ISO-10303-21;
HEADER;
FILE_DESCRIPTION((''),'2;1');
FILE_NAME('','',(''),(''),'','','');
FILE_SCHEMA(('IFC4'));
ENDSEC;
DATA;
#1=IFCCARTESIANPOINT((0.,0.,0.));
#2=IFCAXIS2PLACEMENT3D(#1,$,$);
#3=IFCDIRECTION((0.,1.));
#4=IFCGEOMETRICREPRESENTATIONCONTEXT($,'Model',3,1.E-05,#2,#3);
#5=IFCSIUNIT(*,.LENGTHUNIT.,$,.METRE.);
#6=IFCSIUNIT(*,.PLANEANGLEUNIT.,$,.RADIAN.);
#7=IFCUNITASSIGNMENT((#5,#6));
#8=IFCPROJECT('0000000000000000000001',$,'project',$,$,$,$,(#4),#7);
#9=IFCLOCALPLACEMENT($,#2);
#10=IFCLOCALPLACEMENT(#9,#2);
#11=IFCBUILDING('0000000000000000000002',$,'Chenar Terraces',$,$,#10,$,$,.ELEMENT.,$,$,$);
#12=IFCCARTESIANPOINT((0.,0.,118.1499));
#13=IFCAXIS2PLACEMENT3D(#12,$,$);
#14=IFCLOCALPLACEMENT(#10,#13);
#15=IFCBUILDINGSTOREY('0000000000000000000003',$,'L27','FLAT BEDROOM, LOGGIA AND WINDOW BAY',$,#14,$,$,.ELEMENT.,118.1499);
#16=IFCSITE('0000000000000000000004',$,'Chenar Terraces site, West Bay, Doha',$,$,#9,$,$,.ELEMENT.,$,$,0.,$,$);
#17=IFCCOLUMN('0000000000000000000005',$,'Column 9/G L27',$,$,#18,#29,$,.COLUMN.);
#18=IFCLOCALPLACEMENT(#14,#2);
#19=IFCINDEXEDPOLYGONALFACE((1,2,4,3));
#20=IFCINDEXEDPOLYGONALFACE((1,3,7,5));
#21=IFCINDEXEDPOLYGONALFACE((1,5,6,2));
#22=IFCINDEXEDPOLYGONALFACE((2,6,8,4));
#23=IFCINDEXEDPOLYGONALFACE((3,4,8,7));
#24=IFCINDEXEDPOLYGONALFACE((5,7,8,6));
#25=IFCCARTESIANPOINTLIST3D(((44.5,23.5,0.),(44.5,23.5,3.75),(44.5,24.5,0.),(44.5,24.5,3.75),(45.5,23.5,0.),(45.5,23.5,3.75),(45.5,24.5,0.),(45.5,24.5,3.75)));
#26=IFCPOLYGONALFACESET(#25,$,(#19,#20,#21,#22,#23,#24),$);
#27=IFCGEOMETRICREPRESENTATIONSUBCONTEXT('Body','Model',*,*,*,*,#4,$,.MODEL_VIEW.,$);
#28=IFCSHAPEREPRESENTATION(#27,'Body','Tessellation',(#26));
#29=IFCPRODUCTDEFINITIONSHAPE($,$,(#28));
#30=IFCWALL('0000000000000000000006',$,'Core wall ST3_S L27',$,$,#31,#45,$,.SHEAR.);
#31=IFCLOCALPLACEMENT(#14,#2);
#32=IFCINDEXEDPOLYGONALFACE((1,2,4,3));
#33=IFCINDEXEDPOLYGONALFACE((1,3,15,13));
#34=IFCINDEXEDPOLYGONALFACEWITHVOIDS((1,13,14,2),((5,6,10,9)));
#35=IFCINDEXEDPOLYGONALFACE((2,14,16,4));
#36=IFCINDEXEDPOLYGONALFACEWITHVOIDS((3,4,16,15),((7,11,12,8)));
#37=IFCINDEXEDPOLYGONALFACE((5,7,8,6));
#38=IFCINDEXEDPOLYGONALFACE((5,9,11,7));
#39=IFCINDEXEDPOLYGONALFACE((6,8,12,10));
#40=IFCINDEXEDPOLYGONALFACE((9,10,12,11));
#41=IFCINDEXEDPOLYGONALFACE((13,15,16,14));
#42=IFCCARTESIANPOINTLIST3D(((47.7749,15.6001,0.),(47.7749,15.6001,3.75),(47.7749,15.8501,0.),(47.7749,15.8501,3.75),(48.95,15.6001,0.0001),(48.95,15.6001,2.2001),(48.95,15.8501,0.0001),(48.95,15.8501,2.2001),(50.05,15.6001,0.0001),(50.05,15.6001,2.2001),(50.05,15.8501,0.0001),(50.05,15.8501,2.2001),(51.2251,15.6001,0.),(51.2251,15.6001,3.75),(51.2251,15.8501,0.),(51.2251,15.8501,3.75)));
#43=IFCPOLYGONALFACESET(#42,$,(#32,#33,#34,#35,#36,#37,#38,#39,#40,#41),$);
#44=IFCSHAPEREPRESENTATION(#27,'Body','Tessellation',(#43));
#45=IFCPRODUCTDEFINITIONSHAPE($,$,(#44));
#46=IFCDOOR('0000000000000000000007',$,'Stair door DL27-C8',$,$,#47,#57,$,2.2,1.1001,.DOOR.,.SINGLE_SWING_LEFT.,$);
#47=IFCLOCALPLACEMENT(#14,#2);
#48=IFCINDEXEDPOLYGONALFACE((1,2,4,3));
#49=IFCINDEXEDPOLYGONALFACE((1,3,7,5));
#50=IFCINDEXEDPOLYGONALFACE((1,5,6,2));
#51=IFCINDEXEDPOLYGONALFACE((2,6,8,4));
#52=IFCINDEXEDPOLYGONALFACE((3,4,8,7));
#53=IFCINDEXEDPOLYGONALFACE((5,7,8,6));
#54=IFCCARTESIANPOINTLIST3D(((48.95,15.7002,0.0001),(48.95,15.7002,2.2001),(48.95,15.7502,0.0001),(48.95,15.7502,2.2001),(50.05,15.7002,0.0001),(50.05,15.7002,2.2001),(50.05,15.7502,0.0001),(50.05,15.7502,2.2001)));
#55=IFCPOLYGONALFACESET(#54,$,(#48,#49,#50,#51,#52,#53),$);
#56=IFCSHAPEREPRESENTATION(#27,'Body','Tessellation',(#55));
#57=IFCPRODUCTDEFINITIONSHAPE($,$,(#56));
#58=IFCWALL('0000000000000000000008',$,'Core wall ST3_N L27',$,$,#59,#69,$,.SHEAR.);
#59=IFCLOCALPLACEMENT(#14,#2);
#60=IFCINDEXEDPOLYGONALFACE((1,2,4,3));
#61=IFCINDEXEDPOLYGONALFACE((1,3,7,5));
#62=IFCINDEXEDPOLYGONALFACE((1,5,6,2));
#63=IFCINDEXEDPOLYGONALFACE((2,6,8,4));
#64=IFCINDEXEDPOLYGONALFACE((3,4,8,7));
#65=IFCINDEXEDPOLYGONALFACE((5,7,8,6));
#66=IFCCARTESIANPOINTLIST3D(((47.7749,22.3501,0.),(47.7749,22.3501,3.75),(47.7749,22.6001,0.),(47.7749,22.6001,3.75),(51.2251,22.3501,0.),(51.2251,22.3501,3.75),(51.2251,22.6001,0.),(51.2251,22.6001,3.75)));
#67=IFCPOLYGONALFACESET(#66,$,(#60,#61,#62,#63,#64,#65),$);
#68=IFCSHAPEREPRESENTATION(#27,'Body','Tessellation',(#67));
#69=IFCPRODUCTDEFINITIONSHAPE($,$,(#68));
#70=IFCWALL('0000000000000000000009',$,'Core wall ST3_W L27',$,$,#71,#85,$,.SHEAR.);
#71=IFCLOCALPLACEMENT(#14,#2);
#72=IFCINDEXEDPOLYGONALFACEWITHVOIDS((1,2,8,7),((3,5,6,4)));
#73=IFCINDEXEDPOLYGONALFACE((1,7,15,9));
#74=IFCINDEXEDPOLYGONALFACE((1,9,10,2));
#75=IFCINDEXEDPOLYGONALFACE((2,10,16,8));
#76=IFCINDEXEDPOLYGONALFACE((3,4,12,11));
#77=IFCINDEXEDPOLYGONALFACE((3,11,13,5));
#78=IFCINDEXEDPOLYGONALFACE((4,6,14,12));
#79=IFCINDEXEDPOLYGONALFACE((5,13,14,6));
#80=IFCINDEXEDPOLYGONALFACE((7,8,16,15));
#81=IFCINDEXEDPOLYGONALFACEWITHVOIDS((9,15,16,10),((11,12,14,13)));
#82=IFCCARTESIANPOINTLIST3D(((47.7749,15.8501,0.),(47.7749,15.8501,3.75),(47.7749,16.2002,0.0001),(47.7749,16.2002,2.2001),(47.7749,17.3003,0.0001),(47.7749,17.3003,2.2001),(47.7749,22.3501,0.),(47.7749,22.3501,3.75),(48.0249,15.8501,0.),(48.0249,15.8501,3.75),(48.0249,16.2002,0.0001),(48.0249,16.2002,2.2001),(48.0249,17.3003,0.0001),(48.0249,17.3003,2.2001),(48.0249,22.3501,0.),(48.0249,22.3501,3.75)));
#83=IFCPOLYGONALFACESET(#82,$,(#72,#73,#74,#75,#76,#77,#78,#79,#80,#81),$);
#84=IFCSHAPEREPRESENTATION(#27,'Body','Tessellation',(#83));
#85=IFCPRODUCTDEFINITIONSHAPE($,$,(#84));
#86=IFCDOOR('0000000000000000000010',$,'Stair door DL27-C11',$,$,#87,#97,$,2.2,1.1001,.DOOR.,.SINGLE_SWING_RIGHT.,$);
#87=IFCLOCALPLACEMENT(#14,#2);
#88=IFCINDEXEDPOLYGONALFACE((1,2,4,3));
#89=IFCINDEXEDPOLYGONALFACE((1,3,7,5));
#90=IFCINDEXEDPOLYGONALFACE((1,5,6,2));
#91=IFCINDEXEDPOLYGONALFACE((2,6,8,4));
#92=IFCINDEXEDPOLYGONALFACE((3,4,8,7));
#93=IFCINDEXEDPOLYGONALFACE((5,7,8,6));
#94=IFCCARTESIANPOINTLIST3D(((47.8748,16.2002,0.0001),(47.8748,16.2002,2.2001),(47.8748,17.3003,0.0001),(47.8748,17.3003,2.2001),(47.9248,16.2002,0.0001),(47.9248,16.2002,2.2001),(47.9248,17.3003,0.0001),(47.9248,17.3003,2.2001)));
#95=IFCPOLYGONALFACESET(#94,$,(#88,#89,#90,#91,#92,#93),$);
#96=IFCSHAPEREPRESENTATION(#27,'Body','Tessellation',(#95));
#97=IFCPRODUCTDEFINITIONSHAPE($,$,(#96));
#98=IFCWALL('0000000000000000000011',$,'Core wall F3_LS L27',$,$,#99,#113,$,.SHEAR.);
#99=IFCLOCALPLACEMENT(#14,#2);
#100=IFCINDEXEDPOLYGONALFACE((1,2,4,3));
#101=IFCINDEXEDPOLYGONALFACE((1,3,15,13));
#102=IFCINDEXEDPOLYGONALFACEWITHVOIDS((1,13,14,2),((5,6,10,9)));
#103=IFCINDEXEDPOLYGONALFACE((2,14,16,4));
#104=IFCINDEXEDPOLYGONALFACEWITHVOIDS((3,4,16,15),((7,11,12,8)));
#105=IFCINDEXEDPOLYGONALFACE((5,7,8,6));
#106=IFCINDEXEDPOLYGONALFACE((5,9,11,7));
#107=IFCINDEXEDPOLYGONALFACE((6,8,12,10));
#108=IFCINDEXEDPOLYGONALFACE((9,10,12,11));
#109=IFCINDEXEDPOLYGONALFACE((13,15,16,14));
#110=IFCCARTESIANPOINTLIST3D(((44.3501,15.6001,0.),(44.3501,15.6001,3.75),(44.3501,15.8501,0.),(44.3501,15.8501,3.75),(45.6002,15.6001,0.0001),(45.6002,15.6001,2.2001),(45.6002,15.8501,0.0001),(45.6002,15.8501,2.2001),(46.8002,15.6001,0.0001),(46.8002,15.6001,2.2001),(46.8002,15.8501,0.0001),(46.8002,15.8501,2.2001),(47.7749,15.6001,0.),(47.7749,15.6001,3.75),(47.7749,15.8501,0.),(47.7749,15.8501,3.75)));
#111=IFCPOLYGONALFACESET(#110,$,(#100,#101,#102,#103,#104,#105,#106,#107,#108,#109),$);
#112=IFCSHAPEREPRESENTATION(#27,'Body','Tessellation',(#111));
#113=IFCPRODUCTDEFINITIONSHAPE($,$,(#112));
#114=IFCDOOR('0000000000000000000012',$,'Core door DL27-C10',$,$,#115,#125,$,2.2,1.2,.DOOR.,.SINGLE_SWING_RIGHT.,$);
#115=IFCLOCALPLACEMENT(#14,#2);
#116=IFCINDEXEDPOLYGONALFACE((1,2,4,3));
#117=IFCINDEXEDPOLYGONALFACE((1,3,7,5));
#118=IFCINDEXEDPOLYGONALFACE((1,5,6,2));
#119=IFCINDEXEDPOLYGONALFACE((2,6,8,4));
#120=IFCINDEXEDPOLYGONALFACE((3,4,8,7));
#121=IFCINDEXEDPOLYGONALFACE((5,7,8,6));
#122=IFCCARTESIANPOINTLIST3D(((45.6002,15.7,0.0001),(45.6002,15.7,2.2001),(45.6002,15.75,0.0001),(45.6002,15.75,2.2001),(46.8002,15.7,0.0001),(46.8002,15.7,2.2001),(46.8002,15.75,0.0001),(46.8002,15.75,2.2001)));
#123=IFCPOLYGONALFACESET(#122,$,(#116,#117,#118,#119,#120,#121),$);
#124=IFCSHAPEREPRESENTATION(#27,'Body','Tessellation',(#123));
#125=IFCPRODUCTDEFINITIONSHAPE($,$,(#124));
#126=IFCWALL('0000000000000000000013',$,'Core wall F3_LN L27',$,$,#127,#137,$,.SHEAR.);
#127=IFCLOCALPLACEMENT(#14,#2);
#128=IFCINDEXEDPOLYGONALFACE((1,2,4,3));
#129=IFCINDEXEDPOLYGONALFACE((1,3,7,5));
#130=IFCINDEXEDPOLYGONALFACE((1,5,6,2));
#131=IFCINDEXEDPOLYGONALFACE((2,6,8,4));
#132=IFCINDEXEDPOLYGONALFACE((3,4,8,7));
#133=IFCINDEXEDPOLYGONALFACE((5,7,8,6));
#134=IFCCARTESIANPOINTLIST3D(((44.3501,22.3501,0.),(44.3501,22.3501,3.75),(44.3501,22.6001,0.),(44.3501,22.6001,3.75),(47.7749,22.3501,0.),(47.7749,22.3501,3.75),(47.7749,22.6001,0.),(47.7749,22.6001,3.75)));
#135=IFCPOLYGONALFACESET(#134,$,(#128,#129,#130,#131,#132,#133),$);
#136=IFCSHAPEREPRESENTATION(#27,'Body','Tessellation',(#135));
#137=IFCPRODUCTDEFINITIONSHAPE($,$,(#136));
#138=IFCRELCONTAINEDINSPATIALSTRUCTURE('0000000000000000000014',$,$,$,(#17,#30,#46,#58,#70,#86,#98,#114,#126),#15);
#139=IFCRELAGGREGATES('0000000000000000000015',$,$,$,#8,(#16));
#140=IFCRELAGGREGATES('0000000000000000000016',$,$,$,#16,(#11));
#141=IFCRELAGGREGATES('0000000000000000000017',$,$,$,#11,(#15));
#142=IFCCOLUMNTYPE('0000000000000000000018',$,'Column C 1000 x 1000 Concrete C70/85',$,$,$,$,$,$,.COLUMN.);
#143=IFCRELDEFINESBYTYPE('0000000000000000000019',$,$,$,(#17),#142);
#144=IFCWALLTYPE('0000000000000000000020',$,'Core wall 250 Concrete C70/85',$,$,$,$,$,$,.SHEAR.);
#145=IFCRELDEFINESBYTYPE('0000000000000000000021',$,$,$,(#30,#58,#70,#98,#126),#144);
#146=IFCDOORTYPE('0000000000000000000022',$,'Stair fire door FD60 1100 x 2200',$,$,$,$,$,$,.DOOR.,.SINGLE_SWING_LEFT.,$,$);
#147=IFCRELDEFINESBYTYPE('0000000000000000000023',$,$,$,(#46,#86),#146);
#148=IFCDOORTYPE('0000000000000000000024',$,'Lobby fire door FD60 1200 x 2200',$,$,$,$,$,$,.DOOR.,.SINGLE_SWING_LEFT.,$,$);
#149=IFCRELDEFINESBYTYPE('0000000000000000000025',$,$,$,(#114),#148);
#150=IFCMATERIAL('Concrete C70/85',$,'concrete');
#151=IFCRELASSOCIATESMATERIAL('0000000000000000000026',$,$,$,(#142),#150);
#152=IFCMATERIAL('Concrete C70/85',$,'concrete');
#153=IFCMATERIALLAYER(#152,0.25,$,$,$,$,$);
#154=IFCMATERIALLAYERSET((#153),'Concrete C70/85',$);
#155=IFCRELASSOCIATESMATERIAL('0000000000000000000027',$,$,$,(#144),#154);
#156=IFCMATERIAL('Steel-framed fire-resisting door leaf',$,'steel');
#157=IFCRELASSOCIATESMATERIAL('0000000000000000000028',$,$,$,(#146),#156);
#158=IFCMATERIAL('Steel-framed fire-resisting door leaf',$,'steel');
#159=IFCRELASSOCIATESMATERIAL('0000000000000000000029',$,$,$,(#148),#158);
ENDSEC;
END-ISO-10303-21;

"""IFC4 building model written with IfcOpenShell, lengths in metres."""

from ifc_helpers import new_model, si_unit, direction, frame, frame_2d, origin, origin_2d, place, context, subcontext, project, spatial, rectangle, extrude, material, layer, layer_set, material_profile, profile_set, type_object, element, fill, save


model = new_model("IFC4")

# Units and contexts
model_context = context("Model", 3, precision=1e-05, world=origin(), true_north=direction((0.0, 1.0)))
body_context = subcontext(model_context, "Body", "Model", "MODEL_VIEW")
ifc_project = project(units=[si_unit("LENGTHUNIT", "METRE"), si_unit("PLANEANGLEUNIT", "RADIAN")], contexts=[model_context])

# Site, building, storey
site_placement = place(None, origin())
site = spatial("IfcSite", under=ifc_project, at=site_placement, Name="Chenar Terraces site, West Bay, Doha", CompositionType="ELEMENT", RefElevation=0.0)
building_placement = place(site_placement, origin())
building = spatial("IfcBuilding", under=site, at=building_placement, Name="Chenar Terraces", CompositionType="ELEMENT")
storey_placement = place(building_placement, frame((0.0, 0.0, 118.1499)))
storey = spatial("IfcBuildingStorey", under=building, at=storey_placement, Name="L27", Description="FLAT BEDROOM, LOGGIA AND WINDOW BAY", CompositionType="ELEMENT", Elevation=118.1499)

# Column
ifc_material_1 = material(Name="Concrete C70/85", Category="concrete")
ifc_material_profile = material_profile(ifc_material_1, rectangle(XDim=1.0, YDim=1.0, at=origin_2d()), Name="C 1000 x 1000")
ifc_profile_set = profile_set([ifc_material_profile], Name="Concrete C70/85")
column_type = type_object("IfcColumnType", Name="Column C 1000 x 1000 Concrete C70/85", PredefinedType="COLUMN", material=ifc_profile_set)
column_placement = place(storey_placement, frame((45.0, 24.0, 0.0), z_axis=(0.0, 0.0, 1.0), x_axis=(1.0, 0.0, 0.0)))
element("IfcColumn", 1, at=column_placement, inside=storey, type_object=column_type, Name="Column 9/G L27", PredefinedType="COLUMN", context=body_context, shape_type="SweptSolid", body=[
    extrude(rectangle(XDim=1.0, YDim=1.0, at=origin_2d()), origin(), (0.0, 0.0, 1.0), 3.75),
])

# Wall, opening, door
ifc_material_2 = material(Name="Concrete C70/85", Category="concrete")
ifc_layer_1 = layer(ifc_material_2, 0.25)
ifc_layer_set_1 = layer_set([ifc_layer_1], Name="Concrete C70/85")
wall_type_1 = type_object("IfcWallType", Name="Core wall 250 Concrete C70/85", PredefinedType="SHEAR", material=ifc_layer_set_1)
wall_1_placement = place(storey_placement, frame((47.7749, 15.7251, 0.0), z_axis=(0.0, 0.0, 1.0), x_axis=(1.0, 0.0, 0.0)))
wall_1 = element("IfcWall", 2, at=wall_1_placement, inside=storey, type_object=wall_type_1, Name="Core wall ST3_S L27", PredefinedType="SHEAR", context=body_context, shape_type="SweptSolid", body=[
    extrude(rectangle(XDim=3.4502, YDim=0.25, at=frame_2d((1.7251, 0.0))), origin(), (0.0, 0.0, 1.0), 3.75),
])
opening_1_placement = place(wall_1_placement, frame((1.175, 0.0, 0.0)))
opening_1 = element("IfcOpeningElement", 3, at=opening_1_placement, cuts=wall_1, PredefinedType="OPENING", context=body_context, shape_type="SweptSolid", body=[
    extrude(rectangle(XDim=1.1001, YDim=2.2, at=frame_2d((0.55, 1.1001))), frame((0.0, 0.135, 0.0), z_axis=(0.0, -1.0, 0.0), x_axis=(1.0, 0.0, 0.0)), (0.0, 0.0, 1.0), 0.27),
])
ifc_material_3 = material(Name="Steel-framed fire-resisting door leaf", Category="steel")
door_type_1 = type_object("IfcDoorType", Name="Stair fire door FD60 1100 x 2200", OperationType="SINGLE_SWING_LEFT", PredefinedType="DOOR", material=ifc_material_3)
door_1_placement = place(opening_1_placement, frame((1.1001, 0.0, 0.0), z_axis=(0.0, 0.0, 1.0), x_axis=(-1.0, 0.0, 0.0)))
door_1 = element("IfcDoor", 4, at=door_1_placement, inside=storey, type_object=door_type_1, Name="Stair door DL27-C8", OperationType="SINGLE_SWING_LEFT", OverallHeight=2.2, OverallWidth=1.1001, PredefinedType="DOOR", context=body_context, shape_type="SweptSolid", body=[
    extrude(rectangle(XDim=1.1001, YDim=2.2, at=frame_2d((0.55, 1.1001))), frame((0.0, 0.0249, 0.0), z_axis=(0.0, -1.0, 0.0), x_axis=(1.0, 0.0, 0.0)), (0.0, 0.0, 1.0), 0.05),
])
fill(opening_1, door_1)

# Wall
wall_2_placement = place(storey_placement, frame((47.7749, 22.4751, 0.0), z_axis=(0.0, 0.0, 1.0), x_axis=(1.0, 0.0, 0.0)))
element("IfcWall", 5, at=wall_2_placement, inside=storey, type_object=wall_type_1, Name="Core wall ST3_N L27", PredefinedType="SHEAR", context=body_context, shape_type="SweptSolid", body=[
    extrude(rectangle(XDim=3.4502, YDim=0.25, at=frame_2d((1.7251, 0.0))), origin(), (0.0, 0.0, 1.0), 3.75),
])

# Walls, openings, doors
wall_3_placement = place(storey_placement, frame((47.8999, 15.8501, 0.0), z_axis=(0.0, 0.0, 1.0), x_axis=(0.0, 1.0, 0.0)))
wall_3 = element("IfcWall", 6, at=wall_3_placement, inside=storey, type_object=wall_type_1, Name="Core wall ST3_W L27", PredefinedType="SHEAR", context=body_context, shape_type="SweptSolid", body=[
    extrude(rectangle(XDim=6.5, YDim=0.25, at=frame_2d((3.25, 0.0))), origin(), (0.0, 0.0, 1.0), 3.75),
])
opening_2_placement = place(wall_3_placement, frame((0.3501, 0.0, 0.0)))
opening_2 = element("IfcOpeningElement", 7, at=opening_2_placement, cuts=wall_3, PredefinedType="OPENING", context=body_context, shape_type="SweptSolid", body=[
    extrude(rectangle(XDim=1.1001, YDim=2.2, at=frame_2d((0.55, 1.1001))), frame((0.0, 0.135, 0.0), z_axis=(0.0, -1.0, 0.0), x_axis=(1.0, 0.0, 0.0)), (0.0, 0.0, 1.0), 0.27),
])
door_2_placement = place(opening_2_placement, frame((1.1001, 0.0, 0.0), z_axis=(0.0, 0.0, 1.0), x_axis=(-1.0, 0.0, 0.0)))
door_2 = element("IfcDoor", 8, at=door_2_placement, inside=storey, type_object=door_type_1, Name="Stair door DL27-C11", OperationType="SINGLE_SWING_RIGHT", OverallHeight=2.2, OverallWidth=1.1001, PredefinedType="DOOR", context=body_context, shape_type="SweptSolid", body=[
    extrude(rectangle(XDim=1.1001, YDim=2.2, at=frame_2d((0.55, 1.1001))), frame((0.0, 0.0249, 0.0), z_axis=(0.0, -1.0, 0.0), x_axis=(1.0, 0.0, 0.0)), (0.0, 0.0, 1.0), 0.05),
])
fill(opening_2, door_2)
wall_4_placement = place(storey_placement, frame((44.3501, 15.7251, 0.0), z_axis=(0.0, 0.0, 1.0), x_axis=(1.0, 0.0, 0.0)))
wall_4 = element("IfcWall", 9, at=wall_4_placement, inside=storey, type_object=wall_type_1, Name="Core wall F3_LS L27", PredefinedType="SHEAR", context=body_context, shape_type="SweptSolid", body=[
    extrude(rectangle(XDim=3.4248, YDim=0.25, at=frame_2d((1.7124, 0.0))), origin(), (0.0, 0.0, 1.0), 3.75),
])
opening_3_placement = place(wall_4_placement, frame((1.25, 0.0, 0.0)))
opening_3 = element("IfcOpeningElement", 10, at=opening_3_placement, cuts=wall_4, PredefinedType="OPENING", context=body_context, shape_type="SweptSolid", body=[
    extrude(rectangle(XDim=1.2, YDim=2.2, at=frame_2d((0.6001, 1.1001))), frame((0.0, 0.135, 0.0), z_axis=(0.0, -1.0, 0.0), x_axis=(1.0, 0.0, 0.0)), (0.0, 0.0, 1.0), 0.27),
])
ifc_material_4 = material(Name="Steel-framed fire-resisting door leaf", Category="steel")
door_type_2 = type_object("IfcDoorType", Name="Lobby fire door FD60 1200 x 2200", OperationType="SINGLE_SWING_LEFT", PredefinedType="DOOR", material=ifc_material_4)
door_3_placement = place(opening_3_placement, origin())
door_3 = element("IfcDoor", 11, at=door_3_placement, inside=storey, type_object=door_type_2, Name="Core door DL27-C10", OperationType="SINGLE_SWING_RIGHT", OverallHeight=2.2, OverallWidth=1.2, PredefinedType="DOOR", context=body_context, shape_type="SweptSolid", body=[
    extrude(rectangle(XDim=1.2, YDim=2.2, at=frame_2d((0.6001, 1.1001))), frame((0.0, 0.0249, 0.0), z_axis=(0.0, -1.0, 0.0), x_axis=(1.0, 0.0, 0.0)), (0.0, 0.0, 1.0), 0.05),
])
fill(opening_3, door_3)

# Wall
wall_5_placement = place(storey_placement, frame((44.3501, 22.4751, 0.0), z_axis=(0.0, 0.0, 1.0), x_axis=(1.0, 0.0, 0.0)))
element("IfcWall", 12, at=wall_5_placement, inside=storey, type_object=wall_type_1, Name="Core wall F3_LN L27", PredefinedType="SHEAR", context=body_context, shape_type="SweptSolid", body=[
    extrude(rectangle(XDim=3.4248, YDim=0.25, at=frame_2d((1.7124, 0.0))), origin(), (0.0, 0.0, 1.0), 3.75),
])

save(model, "model.ifc")
